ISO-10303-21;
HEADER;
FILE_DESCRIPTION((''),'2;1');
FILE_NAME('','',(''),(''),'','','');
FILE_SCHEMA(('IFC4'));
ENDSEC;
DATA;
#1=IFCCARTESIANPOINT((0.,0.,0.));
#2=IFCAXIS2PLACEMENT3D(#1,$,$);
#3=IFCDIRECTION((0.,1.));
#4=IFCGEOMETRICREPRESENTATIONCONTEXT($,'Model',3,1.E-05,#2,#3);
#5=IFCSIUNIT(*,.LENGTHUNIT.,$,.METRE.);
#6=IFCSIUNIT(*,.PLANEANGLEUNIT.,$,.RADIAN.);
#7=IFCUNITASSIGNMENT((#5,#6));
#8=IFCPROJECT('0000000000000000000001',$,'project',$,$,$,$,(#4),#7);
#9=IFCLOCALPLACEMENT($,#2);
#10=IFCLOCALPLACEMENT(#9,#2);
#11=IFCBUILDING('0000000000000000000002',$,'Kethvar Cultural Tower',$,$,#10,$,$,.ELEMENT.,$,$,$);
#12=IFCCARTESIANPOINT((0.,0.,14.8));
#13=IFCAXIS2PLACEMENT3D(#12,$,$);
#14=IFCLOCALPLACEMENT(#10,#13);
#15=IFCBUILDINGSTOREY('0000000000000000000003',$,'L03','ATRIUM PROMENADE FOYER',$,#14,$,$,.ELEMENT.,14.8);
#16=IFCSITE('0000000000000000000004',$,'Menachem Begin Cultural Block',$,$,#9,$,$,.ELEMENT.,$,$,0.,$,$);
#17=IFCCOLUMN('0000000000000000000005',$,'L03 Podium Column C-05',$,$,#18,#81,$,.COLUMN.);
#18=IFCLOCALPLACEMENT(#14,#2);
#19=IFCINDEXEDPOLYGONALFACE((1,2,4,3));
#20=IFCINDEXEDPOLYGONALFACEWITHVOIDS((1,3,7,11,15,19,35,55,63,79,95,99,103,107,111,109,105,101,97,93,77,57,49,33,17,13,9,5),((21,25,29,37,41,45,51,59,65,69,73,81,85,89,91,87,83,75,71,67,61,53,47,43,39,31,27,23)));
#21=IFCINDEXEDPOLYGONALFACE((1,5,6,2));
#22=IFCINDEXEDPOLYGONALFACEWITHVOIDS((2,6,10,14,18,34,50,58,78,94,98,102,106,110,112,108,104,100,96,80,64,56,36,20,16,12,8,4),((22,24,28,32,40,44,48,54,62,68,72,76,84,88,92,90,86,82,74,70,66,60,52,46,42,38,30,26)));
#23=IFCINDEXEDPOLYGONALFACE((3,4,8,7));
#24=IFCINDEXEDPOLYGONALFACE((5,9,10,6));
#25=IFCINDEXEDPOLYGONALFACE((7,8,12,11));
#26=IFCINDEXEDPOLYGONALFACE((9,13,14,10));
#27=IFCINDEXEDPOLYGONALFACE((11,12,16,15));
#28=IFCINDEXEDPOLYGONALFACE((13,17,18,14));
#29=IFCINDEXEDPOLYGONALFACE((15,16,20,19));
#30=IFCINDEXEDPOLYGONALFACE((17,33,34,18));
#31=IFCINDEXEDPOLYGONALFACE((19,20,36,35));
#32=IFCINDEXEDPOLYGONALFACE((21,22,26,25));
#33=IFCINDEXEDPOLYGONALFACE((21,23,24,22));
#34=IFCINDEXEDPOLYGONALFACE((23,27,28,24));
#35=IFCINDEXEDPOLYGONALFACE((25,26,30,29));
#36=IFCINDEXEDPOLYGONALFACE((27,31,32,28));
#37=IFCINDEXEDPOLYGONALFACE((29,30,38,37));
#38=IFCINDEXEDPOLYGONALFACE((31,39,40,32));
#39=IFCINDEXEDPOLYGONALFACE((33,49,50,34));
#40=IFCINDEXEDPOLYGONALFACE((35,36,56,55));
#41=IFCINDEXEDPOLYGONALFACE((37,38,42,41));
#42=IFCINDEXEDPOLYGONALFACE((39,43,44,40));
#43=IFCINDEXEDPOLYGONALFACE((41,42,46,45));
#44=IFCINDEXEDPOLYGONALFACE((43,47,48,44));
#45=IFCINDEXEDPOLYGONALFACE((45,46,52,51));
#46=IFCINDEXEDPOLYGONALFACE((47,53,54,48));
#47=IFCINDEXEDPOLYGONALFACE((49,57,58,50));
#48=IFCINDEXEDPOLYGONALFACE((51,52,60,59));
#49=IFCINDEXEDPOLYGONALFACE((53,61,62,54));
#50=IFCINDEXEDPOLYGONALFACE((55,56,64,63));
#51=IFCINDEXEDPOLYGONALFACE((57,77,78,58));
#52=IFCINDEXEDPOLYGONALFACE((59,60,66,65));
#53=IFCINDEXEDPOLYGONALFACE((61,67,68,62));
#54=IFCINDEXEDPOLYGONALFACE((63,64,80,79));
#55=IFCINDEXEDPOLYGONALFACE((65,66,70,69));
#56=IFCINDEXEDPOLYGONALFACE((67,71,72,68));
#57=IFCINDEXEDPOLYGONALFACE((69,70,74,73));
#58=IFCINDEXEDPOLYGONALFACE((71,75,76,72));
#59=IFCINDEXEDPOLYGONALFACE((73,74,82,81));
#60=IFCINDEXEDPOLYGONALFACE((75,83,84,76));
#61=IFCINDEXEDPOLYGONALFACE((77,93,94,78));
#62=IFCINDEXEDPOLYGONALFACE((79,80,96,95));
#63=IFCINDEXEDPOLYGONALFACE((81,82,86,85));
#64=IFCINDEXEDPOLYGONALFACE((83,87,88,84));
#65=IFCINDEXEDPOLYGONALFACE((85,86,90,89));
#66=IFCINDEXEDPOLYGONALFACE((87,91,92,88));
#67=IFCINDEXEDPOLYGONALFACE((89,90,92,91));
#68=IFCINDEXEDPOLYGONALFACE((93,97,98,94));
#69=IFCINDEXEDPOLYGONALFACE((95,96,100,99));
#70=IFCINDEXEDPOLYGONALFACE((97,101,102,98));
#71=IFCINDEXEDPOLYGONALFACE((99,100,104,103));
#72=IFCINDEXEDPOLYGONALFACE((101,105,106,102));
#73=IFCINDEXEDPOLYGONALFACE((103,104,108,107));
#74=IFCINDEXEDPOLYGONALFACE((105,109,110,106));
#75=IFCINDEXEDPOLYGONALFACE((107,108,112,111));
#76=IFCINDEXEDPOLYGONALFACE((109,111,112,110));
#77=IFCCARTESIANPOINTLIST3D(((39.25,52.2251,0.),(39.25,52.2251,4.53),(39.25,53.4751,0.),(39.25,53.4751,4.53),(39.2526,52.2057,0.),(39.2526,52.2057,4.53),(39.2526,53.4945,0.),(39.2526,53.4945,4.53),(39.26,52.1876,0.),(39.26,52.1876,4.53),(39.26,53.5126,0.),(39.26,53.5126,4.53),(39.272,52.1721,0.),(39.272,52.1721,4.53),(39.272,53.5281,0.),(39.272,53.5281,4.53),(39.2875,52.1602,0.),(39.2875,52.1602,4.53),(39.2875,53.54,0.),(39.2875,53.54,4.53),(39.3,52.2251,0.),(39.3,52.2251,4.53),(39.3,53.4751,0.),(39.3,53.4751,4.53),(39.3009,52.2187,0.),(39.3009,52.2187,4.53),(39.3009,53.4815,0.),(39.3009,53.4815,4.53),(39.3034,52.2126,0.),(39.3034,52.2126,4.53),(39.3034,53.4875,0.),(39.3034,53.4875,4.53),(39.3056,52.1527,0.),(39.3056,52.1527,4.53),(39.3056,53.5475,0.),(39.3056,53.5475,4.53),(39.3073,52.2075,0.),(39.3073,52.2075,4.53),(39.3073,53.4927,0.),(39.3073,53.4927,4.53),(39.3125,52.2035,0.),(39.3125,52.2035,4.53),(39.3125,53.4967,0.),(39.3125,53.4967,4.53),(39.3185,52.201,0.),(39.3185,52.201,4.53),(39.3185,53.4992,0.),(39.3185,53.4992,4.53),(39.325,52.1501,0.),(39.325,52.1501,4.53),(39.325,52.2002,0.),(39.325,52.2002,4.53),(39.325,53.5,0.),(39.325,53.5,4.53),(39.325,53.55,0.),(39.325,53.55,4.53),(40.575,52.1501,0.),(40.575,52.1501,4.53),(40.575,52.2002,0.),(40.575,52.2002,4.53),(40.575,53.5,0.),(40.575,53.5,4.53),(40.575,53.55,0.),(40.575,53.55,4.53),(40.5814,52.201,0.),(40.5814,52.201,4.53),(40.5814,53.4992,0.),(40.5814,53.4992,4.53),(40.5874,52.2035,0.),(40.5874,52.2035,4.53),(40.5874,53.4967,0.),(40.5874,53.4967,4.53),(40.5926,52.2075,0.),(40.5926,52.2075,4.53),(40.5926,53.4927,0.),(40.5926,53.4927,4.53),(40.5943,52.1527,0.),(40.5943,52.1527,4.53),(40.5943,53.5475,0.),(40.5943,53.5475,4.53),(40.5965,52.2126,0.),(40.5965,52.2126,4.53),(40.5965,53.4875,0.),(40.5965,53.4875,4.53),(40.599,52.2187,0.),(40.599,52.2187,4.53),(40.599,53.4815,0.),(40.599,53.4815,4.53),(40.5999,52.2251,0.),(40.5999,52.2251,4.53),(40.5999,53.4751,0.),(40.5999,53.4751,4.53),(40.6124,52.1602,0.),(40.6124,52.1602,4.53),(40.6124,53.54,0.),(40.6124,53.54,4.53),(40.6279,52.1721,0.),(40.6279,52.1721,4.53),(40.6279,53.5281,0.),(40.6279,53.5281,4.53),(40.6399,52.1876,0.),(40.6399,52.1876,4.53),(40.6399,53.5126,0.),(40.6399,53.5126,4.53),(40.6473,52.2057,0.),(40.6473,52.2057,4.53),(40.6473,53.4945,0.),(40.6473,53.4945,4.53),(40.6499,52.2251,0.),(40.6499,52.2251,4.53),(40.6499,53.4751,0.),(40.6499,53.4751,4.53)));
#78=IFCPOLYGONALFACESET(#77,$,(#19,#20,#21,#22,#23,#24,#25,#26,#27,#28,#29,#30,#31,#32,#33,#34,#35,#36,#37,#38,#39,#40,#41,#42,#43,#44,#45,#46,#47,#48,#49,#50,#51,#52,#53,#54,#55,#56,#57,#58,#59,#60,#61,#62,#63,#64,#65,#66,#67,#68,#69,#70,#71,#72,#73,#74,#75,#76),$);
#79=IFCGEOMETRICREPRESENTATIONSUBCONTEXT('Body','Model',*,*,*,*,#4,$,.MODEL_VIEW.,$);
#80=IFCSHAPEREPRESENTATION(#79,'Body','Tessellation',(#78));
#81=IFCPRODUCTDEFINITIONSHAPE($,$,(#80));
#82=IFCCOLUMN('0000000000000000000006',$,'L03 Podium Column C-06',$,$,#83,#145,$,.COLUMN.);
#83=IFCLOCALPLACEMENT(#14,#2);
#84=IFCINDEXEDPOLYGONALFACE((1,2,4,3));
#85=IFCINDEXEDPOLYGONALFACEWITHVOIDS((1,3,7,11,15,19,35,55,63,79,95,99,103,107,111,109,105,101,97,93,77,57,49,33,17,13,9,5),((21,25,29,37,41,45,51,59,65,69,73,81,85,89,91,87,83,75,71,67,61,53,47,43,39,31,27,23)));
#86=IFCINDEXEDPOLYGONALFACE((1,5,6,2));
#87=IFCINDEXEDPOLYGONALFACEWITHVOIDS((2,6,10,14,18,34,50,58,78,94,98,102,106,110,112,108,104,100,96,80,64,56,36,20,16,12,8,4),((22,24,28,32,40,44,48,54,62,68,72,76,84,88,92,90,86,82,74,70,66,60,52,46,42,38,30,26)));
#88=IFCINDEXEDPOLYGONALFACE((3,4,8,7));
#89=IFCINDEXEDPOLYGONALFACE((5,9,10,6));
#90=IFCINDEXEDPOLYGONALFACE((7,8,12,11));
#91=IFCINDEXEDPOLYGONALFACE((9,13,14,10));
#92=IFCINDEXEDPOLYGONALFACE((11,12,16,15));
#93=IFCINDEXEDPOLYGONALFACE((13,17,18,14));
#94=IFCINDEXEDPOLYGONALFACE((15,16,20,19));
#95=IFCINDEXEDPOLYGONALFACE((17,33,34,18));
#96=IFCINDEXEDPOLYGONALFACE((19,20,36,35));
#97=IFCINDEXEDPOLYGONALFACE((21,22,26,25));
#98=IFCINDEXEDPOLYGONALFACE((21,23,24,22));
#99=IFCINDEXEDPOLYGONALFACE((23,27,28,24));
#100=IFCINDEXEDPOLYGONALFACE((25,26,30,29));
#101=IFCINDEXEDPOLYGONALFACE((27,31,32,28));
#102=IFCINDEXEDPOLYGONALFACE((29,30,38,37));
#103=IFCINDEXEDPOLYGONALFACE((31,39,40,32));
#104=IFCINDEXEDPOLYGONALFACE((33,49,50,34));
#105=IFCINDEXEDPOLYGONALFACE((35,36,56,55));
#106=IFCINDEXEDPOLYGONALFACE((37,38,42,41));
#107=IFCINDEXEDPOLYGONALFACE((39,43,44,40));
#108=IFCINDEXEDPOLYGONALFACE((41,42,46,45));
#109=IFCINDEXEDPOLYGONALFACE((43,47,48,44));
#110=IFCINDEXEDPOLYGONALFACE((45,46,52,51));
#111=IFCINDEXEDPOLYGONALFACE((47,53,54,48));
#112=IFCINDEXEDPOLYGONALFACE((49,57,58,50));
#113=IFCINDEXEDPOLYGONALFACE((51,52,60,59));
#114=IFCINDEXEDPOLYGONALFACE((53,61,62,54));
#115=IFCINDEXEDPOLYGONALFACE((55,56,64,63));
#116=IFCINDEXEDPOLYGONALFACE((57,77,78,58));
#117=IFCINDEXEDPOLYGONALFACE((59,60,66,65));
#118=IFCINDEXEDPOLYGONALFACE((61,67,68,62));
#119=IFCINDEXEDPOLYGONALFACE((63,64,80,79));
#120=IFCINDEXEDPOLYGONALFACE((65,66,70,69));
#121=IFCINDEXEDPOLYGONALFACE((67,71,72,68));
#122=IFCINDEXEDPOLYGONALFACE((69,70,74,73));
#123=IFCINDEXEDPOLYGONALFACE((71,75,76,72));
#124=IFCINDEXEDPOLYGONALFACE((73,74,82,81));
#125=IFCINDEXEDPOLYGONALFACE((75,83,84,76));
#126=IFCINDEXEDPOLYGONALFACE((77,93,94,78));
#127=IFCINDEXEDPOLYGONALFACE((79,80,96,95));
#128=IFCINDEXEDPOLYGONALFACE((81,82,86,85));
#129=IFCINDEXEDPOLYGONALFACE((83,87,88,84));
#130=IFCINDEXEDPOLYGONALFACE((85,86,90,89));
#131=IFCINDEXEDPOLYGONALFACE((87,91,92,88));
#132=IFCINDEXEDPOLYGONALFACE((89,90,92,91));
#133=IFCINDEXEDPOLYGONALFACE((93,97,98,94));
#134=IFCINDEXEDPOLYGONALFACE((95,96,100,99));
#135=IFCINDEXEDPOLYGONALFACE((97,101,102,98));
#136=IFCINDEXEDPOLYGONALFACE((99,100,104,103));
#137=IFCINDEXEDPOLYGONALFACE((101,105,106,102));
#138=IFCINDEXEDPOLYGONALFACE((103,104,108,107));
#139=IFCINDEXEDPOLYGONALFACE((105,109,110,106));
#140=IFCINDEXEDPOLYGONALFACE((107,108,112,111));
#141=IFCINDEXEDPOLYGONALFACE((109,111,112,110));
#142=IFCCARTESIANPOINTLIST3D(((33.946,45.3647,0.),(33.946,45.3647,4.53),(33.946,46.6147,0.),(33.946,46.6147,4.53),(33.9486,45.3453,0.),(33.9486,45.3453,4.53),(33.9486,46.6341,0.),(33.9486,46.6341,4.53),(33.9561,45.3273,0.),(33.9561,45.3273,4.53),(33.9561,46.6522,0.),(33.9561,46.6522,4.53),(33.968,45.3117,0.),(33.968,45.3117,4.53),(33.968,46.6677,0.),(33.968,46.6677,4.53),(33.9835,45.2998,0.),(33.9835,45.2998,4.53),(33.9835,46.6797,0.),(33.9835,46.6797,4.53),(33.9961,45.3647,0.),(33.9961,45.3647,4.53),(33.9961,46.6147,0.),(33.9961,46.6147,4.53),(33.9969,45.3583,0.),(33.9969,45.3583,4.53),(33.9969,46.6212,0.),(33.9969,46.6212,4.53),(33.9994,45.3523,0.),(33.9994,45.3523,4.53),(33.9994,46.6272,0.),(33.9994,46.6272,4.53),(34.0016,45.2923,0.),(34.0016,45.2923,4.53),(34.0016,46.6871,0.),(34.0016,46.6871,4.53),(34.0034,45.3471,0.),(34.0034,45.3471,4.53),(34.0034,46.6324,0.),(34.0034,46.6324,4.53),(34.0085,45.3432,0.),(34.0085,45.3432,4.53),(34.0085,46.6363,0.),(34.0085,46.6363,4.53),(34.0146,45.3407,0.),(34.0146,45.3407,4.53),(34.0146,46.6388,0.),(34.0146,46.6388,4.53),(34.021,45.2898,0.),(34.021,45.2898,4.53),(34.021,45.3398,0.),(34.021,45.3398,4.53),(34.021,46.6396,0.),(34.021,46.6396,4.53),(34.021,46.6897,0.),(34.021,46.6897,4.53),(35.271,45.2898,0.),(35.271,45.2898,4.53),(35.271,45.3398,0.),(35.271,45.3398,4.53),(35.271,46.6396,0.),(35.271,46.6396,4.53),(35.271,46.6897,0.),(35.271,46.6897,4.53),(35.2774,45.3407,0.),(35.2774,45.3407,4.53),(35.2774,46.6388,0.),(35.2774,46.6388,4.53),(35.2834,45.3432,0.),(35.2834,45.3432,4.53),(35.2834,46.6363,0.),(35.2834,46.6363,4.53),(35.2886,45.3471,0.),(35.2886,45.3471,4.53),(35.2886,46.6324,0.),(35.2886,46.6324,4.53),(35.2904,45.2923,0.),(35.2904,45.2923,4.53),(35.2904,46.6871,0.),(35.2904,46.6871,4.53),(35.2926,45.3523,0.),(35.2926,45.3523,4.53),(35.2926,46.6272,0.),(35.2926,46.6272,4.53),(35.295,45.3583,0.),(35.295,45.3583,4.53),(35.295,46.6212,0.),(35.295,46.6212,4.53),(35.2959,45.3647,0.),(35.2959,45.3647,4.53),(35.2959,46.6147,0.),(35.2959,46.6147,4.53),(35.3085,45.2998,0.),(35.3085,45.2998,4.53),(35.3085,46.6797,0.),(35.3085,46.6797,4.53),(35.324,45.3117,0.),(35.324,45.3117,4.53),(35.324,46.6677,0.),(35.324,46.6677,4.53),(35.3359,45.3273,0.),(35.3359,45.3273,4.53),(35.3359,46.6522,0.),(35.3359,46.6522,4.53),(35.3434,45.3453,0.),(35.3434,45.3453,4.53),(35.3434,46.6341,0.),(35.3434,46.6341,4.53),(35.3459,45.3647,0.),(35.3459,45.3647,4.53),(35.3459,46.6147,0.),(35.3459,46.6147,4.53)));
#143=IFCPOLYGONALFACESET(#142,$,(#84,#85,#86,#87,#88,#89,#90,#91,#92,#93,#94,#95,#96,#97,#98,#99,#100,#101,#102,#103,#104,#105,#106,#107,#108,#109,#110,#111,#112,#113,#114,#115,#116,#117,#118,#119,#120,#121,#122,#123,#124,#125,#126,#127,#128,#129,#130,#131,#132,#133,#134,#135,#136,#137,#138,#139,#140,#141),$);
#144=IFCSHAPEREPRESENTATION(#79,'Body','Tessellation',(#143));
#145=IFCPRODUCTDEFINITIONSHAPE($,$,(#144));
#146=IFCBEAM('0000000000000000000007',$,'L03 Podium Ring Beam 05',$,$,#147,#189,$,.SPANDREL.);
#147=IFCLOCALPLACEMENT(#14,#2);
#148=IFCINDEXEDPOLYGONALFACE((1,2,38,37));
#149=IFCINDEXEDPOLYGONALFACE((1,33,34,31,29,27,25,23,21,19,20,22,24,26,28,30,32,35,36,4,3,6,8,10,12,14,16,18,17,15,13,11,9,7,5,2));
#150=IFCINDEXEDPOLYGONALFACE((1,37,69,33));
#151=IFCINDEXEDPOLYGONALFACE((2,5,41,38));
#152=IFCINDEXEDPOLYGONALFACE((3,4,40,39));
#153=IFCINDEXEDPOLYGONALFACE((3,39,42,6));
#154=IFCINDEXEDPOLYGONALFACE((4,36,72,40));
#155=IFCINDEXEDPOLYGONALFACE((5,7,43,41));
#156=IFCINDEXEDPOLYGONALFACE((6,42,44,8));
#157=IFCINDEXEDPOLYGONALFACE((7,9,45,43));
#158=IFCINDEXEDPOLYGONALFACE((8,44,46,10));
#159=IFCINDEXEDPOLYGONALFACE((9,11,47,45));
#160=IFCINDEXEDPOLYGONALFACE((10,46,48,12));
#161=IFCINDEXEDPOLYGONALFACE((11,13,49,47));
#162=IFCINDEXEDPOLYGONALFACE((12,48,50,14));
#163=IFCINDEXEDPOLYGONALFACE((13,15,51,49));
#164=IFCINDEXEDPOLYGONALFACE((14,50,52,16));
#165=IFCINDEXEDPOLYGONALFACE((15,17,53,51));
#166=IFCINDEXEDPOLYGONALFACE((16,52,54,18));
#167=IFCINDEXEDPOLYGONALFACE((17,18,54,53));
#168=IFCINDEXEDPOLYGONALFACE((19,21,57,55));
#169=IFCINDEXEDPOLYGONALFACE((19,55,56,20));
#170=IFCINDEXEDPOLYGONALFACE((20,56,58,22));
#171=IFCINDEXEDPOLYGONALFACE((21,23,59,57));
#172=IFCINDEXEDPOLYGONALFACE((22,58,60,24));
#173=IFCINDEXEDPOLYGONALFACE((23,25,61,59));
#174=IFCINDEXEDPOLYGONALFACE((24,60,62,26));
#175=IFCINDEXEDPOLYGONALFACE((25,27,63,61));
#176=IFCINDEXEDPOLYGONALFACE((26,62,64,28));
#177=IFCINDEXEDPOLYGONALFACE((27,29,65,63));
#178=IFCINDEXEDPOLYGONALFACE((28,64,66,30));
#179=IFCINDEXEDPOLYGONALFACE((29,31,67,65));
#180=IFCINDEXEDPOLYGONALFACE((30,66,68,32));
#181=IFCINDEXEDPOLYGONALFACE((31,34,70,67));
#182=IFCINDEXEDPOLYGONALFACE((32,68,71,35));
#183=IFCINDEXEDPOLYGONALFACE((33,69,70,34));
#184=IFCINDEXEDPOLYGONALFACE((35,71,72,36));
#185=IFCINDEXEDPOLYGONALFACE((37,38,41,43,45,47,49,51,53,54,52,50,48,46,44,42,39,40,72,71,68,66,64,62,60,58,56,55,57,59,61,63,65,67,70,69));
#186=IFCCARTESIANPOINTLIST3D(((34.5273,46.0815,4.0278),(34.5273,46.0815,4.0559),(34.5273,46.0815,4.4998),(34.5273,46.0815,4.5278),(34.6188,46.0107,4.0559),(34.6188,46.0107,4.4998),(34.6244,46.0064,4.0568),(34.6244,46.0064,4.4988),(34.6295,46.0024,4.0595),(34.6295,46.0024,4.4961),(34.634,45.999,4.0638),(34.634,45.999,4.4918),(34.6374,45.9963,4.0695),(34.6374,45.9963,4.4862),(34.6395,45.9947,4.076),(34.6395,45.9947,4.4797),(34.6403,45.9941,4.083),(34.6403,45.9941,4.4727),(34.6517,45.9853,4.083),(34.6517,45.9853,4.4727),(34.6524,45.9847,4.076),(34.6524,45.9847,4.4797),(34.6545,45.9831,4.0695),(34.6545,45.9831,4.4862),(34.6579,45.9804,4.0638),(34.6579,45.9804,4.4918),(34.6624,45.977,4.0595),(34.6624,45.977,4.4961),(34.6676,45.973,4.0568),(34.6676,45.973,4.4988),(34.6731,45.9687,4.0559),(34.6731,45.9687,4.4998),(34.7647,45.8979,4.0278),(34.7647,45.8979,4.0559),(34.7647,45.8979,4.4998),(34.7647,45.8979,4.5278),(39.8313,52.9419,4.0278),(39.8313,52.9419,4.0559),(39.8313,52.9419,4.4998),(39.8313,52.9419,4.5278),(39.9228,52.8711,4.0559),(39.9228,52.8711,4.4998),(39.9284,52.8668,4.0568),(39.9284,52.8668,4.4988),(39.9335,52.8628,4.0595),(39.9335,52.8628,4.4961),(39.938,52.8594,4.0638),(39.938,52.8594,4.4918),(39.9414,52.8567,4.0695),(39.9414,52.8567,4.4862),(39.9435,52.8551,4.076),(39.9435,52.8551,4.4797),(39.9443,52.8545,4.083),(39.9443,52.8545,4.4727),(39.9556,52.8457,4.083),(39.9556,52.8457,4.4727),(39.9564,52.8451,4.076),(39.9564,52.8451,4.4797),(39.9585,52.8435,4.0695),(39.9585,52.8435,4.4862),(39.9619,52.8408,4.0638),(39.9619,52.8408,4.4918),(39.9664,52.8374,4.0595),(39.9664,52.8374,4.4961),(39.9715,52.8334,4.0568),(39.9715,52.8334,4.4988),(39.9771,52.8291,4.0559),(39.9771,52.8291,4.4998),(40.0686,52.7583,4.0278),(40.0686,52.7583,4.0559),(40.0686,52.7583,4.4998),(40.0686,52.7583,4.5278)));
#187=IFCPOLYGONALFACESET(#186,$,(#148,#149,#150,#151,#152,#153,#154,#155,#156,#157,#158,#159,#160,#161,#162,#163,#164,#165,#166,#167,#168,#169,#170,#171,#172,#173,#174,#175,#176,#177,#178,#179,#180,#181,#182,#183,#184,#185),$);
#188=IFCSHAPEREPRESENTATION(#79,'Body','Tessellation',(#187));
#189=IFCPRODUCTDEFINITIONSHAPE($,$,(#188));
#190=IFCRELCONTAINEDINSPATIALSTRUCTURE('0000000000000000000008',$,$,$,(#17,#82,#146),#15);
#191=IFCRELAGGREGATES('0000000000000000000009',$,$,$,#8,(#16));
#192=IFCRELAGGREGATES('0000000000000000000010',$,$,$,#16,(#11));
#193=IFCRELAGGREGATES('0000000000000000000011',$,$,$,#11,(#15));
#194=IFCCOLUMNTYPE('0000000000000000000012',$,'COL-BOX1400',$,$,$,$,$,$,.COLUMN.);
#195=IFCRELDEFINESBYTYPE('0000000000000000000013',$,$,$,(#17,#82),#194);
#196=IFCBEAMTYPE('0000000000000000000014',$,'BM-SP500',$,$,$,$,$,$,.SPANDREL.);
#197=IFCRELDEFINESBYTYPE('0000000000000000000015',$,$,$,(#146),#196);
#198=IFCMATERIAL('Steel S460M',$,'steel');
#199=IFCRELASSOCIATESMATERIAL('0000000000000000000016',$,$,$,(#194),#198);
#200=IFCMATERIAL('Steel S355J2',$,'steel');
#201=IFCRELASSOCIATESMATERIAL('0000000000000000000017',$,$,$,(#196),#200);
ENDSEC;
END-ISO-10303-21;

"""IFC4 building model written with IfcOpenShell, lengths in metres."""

from ifc_helpers import new_model, si_unit, direction, frame, origin, origin_2d, place, context, subcontext, project, spatial, hollow_rectangle, i_section, extrude, source, transform, mapped, material, material_profile, profile_set, type_object, element, save


model = new_model("IFC4")

# Units and contexts
model_context = context("Model", 3, precision=1e-05, world=origin(), true_north=direction((0.0, 1.0)))
body_context = subcontext(model_context, "Body", "Model", "MODEL_VIEW")
ifc_project = project(units=[si_unit("LENGTHUNIT", "METRE"), si_unit("PLANEANGLEUNIT", "RADIAN")], contexts=[model_context])

# Site, building, storey
site_placement = place(None, origin())
site = spatial("IfcSite", under=ifc_project, at=site_placement, Name="Menachem Begin Cultural Block", CompositionType="ELEMENT", RefElevation=0.0)
building_placement = place(site_placement, origin())
building = spatial("IfcBuilding", under=site, at=building_placement, Name="Kethvar Cultural Tower", CompositionType="ELEMENT")
storey_placement = place(building_placement, frame((0.0, 0.0, 14.8)))
storey = spatial("IfcBuildingStorey", under=building, at=storey_placement, Name="L03", Description="ATRIUM PROMENADE FOYER", CompositionType="ELEMENT", Elevation=14.8)

# Columns
ifc_material_1 = material(Name="Steel S460M", Category="steel")
ifc_material_profile_1 = material_profile(ifc_material_1, hollow_rectangle(XDim=1.3999, YDim=1.3999, WallThickness=0.05, InnerFilletRadius=0.0249, OuterFilletRadius=0.075, at=origin_2d()), Name="Steel S460M — BOX1400x1400x50")
ifc_profile_set_1 = profile_set([ifc_material_profile_1], Name="Steel S460M — BOX1400x1400x50")
column_type = type_object("IfcColumnType", Name="COL-BOX1400", PredefinedType="COLUMN", material=ifc_profile_set_1)
shared_shape_1 = source(origin(), body_context, "Body", "SweptSolid", [
    extrude(hollow_rectangle(XDim=1.3999, YDim=1.3999, WallThickness=0.05, InnerFilletRadius=0.0249, OuterFilletRadius=0.075, at=origin_2d()), origin(), (0.0, 0.0, 1.0), 4.53),
])
for number, where, z_axis, x_axis, name in (
    (1, (39.95, 52.8501, 0.0), (0.0, 0.0, 1.0), (1.0, 0.0, 0.0), "L03 Podium Column C-05"),
    (2, (34.646, 45.9897, 0.0), (0.0, 0.0, 1.0), (1.0, 0.0, 0.0), "L03 Podium Column C-06"),
):
    element("IfcColumn", number, at=place(storey_placement, frame(where, z_axis=z_axis, x_axis=x_axis)), inside=storey, type_object=column_type, Name=name, PredefinedType="COLUMN", context=body_context, shape_type="MappedRepresentation", body=[
        mapped(shared_shape_1, transform((0.0, 0.0, 0.0), scale=1.0)),
    ])

# Beam
ifc_material_2 = material(Name="Steel S355J2", Category="steel")
ifc_material_profile_2 = material_profile(ifc_material_2, i_section(OverallWidth=0.3, OverallDepth=0.5, WebThickness=0.0144, FlangeThickness=0.0281, FilletRadius=0.0271, at=origin_2d()), Name="Steel S355J2 — HEB500")
ifc_profile_set_2 = profile_set([ifc_material_profile_2], Name="Steel S355J2 — HEB500")
beam_type = type_object("IfcBeamType", Name="BM-SP500", PredefinedType="SPANDREL", material=ifc_profile_set_2)
shared_shape_2 = source(origin(), body_context, "Body", "SweptSolid", [
    extrude(i_section(OverallWidth=0.3, OverallDepth=0.5, WebThickness=0.0144, FlangeThickness=0.0281, FilletRadius=0.0271, at=origin_2d()), origin(), (0.0, 0.0, 1.0), 8.6716),
])
beam_1_placement = place(storey_placement, frame((39.95, 52.8501, 4.2778), z_axis=(-0.611648, -0.79113, 0.0), x_axis=(0.79113, -0.611648, 0.0)))
element("IfcBeam", 3, at=beam_1_placement, inside=storey, type_object=beam_type, Name="L03 Podium Ring Beam 05", PredefinedType="SPANDREL", context=body_context, shape_type="MappedRepresentation", body=[
    mapped(shared_shape_2, transform((0.0, 0.0, 0.0), scale=1.0)),
])

save(model, "model.ifc")
